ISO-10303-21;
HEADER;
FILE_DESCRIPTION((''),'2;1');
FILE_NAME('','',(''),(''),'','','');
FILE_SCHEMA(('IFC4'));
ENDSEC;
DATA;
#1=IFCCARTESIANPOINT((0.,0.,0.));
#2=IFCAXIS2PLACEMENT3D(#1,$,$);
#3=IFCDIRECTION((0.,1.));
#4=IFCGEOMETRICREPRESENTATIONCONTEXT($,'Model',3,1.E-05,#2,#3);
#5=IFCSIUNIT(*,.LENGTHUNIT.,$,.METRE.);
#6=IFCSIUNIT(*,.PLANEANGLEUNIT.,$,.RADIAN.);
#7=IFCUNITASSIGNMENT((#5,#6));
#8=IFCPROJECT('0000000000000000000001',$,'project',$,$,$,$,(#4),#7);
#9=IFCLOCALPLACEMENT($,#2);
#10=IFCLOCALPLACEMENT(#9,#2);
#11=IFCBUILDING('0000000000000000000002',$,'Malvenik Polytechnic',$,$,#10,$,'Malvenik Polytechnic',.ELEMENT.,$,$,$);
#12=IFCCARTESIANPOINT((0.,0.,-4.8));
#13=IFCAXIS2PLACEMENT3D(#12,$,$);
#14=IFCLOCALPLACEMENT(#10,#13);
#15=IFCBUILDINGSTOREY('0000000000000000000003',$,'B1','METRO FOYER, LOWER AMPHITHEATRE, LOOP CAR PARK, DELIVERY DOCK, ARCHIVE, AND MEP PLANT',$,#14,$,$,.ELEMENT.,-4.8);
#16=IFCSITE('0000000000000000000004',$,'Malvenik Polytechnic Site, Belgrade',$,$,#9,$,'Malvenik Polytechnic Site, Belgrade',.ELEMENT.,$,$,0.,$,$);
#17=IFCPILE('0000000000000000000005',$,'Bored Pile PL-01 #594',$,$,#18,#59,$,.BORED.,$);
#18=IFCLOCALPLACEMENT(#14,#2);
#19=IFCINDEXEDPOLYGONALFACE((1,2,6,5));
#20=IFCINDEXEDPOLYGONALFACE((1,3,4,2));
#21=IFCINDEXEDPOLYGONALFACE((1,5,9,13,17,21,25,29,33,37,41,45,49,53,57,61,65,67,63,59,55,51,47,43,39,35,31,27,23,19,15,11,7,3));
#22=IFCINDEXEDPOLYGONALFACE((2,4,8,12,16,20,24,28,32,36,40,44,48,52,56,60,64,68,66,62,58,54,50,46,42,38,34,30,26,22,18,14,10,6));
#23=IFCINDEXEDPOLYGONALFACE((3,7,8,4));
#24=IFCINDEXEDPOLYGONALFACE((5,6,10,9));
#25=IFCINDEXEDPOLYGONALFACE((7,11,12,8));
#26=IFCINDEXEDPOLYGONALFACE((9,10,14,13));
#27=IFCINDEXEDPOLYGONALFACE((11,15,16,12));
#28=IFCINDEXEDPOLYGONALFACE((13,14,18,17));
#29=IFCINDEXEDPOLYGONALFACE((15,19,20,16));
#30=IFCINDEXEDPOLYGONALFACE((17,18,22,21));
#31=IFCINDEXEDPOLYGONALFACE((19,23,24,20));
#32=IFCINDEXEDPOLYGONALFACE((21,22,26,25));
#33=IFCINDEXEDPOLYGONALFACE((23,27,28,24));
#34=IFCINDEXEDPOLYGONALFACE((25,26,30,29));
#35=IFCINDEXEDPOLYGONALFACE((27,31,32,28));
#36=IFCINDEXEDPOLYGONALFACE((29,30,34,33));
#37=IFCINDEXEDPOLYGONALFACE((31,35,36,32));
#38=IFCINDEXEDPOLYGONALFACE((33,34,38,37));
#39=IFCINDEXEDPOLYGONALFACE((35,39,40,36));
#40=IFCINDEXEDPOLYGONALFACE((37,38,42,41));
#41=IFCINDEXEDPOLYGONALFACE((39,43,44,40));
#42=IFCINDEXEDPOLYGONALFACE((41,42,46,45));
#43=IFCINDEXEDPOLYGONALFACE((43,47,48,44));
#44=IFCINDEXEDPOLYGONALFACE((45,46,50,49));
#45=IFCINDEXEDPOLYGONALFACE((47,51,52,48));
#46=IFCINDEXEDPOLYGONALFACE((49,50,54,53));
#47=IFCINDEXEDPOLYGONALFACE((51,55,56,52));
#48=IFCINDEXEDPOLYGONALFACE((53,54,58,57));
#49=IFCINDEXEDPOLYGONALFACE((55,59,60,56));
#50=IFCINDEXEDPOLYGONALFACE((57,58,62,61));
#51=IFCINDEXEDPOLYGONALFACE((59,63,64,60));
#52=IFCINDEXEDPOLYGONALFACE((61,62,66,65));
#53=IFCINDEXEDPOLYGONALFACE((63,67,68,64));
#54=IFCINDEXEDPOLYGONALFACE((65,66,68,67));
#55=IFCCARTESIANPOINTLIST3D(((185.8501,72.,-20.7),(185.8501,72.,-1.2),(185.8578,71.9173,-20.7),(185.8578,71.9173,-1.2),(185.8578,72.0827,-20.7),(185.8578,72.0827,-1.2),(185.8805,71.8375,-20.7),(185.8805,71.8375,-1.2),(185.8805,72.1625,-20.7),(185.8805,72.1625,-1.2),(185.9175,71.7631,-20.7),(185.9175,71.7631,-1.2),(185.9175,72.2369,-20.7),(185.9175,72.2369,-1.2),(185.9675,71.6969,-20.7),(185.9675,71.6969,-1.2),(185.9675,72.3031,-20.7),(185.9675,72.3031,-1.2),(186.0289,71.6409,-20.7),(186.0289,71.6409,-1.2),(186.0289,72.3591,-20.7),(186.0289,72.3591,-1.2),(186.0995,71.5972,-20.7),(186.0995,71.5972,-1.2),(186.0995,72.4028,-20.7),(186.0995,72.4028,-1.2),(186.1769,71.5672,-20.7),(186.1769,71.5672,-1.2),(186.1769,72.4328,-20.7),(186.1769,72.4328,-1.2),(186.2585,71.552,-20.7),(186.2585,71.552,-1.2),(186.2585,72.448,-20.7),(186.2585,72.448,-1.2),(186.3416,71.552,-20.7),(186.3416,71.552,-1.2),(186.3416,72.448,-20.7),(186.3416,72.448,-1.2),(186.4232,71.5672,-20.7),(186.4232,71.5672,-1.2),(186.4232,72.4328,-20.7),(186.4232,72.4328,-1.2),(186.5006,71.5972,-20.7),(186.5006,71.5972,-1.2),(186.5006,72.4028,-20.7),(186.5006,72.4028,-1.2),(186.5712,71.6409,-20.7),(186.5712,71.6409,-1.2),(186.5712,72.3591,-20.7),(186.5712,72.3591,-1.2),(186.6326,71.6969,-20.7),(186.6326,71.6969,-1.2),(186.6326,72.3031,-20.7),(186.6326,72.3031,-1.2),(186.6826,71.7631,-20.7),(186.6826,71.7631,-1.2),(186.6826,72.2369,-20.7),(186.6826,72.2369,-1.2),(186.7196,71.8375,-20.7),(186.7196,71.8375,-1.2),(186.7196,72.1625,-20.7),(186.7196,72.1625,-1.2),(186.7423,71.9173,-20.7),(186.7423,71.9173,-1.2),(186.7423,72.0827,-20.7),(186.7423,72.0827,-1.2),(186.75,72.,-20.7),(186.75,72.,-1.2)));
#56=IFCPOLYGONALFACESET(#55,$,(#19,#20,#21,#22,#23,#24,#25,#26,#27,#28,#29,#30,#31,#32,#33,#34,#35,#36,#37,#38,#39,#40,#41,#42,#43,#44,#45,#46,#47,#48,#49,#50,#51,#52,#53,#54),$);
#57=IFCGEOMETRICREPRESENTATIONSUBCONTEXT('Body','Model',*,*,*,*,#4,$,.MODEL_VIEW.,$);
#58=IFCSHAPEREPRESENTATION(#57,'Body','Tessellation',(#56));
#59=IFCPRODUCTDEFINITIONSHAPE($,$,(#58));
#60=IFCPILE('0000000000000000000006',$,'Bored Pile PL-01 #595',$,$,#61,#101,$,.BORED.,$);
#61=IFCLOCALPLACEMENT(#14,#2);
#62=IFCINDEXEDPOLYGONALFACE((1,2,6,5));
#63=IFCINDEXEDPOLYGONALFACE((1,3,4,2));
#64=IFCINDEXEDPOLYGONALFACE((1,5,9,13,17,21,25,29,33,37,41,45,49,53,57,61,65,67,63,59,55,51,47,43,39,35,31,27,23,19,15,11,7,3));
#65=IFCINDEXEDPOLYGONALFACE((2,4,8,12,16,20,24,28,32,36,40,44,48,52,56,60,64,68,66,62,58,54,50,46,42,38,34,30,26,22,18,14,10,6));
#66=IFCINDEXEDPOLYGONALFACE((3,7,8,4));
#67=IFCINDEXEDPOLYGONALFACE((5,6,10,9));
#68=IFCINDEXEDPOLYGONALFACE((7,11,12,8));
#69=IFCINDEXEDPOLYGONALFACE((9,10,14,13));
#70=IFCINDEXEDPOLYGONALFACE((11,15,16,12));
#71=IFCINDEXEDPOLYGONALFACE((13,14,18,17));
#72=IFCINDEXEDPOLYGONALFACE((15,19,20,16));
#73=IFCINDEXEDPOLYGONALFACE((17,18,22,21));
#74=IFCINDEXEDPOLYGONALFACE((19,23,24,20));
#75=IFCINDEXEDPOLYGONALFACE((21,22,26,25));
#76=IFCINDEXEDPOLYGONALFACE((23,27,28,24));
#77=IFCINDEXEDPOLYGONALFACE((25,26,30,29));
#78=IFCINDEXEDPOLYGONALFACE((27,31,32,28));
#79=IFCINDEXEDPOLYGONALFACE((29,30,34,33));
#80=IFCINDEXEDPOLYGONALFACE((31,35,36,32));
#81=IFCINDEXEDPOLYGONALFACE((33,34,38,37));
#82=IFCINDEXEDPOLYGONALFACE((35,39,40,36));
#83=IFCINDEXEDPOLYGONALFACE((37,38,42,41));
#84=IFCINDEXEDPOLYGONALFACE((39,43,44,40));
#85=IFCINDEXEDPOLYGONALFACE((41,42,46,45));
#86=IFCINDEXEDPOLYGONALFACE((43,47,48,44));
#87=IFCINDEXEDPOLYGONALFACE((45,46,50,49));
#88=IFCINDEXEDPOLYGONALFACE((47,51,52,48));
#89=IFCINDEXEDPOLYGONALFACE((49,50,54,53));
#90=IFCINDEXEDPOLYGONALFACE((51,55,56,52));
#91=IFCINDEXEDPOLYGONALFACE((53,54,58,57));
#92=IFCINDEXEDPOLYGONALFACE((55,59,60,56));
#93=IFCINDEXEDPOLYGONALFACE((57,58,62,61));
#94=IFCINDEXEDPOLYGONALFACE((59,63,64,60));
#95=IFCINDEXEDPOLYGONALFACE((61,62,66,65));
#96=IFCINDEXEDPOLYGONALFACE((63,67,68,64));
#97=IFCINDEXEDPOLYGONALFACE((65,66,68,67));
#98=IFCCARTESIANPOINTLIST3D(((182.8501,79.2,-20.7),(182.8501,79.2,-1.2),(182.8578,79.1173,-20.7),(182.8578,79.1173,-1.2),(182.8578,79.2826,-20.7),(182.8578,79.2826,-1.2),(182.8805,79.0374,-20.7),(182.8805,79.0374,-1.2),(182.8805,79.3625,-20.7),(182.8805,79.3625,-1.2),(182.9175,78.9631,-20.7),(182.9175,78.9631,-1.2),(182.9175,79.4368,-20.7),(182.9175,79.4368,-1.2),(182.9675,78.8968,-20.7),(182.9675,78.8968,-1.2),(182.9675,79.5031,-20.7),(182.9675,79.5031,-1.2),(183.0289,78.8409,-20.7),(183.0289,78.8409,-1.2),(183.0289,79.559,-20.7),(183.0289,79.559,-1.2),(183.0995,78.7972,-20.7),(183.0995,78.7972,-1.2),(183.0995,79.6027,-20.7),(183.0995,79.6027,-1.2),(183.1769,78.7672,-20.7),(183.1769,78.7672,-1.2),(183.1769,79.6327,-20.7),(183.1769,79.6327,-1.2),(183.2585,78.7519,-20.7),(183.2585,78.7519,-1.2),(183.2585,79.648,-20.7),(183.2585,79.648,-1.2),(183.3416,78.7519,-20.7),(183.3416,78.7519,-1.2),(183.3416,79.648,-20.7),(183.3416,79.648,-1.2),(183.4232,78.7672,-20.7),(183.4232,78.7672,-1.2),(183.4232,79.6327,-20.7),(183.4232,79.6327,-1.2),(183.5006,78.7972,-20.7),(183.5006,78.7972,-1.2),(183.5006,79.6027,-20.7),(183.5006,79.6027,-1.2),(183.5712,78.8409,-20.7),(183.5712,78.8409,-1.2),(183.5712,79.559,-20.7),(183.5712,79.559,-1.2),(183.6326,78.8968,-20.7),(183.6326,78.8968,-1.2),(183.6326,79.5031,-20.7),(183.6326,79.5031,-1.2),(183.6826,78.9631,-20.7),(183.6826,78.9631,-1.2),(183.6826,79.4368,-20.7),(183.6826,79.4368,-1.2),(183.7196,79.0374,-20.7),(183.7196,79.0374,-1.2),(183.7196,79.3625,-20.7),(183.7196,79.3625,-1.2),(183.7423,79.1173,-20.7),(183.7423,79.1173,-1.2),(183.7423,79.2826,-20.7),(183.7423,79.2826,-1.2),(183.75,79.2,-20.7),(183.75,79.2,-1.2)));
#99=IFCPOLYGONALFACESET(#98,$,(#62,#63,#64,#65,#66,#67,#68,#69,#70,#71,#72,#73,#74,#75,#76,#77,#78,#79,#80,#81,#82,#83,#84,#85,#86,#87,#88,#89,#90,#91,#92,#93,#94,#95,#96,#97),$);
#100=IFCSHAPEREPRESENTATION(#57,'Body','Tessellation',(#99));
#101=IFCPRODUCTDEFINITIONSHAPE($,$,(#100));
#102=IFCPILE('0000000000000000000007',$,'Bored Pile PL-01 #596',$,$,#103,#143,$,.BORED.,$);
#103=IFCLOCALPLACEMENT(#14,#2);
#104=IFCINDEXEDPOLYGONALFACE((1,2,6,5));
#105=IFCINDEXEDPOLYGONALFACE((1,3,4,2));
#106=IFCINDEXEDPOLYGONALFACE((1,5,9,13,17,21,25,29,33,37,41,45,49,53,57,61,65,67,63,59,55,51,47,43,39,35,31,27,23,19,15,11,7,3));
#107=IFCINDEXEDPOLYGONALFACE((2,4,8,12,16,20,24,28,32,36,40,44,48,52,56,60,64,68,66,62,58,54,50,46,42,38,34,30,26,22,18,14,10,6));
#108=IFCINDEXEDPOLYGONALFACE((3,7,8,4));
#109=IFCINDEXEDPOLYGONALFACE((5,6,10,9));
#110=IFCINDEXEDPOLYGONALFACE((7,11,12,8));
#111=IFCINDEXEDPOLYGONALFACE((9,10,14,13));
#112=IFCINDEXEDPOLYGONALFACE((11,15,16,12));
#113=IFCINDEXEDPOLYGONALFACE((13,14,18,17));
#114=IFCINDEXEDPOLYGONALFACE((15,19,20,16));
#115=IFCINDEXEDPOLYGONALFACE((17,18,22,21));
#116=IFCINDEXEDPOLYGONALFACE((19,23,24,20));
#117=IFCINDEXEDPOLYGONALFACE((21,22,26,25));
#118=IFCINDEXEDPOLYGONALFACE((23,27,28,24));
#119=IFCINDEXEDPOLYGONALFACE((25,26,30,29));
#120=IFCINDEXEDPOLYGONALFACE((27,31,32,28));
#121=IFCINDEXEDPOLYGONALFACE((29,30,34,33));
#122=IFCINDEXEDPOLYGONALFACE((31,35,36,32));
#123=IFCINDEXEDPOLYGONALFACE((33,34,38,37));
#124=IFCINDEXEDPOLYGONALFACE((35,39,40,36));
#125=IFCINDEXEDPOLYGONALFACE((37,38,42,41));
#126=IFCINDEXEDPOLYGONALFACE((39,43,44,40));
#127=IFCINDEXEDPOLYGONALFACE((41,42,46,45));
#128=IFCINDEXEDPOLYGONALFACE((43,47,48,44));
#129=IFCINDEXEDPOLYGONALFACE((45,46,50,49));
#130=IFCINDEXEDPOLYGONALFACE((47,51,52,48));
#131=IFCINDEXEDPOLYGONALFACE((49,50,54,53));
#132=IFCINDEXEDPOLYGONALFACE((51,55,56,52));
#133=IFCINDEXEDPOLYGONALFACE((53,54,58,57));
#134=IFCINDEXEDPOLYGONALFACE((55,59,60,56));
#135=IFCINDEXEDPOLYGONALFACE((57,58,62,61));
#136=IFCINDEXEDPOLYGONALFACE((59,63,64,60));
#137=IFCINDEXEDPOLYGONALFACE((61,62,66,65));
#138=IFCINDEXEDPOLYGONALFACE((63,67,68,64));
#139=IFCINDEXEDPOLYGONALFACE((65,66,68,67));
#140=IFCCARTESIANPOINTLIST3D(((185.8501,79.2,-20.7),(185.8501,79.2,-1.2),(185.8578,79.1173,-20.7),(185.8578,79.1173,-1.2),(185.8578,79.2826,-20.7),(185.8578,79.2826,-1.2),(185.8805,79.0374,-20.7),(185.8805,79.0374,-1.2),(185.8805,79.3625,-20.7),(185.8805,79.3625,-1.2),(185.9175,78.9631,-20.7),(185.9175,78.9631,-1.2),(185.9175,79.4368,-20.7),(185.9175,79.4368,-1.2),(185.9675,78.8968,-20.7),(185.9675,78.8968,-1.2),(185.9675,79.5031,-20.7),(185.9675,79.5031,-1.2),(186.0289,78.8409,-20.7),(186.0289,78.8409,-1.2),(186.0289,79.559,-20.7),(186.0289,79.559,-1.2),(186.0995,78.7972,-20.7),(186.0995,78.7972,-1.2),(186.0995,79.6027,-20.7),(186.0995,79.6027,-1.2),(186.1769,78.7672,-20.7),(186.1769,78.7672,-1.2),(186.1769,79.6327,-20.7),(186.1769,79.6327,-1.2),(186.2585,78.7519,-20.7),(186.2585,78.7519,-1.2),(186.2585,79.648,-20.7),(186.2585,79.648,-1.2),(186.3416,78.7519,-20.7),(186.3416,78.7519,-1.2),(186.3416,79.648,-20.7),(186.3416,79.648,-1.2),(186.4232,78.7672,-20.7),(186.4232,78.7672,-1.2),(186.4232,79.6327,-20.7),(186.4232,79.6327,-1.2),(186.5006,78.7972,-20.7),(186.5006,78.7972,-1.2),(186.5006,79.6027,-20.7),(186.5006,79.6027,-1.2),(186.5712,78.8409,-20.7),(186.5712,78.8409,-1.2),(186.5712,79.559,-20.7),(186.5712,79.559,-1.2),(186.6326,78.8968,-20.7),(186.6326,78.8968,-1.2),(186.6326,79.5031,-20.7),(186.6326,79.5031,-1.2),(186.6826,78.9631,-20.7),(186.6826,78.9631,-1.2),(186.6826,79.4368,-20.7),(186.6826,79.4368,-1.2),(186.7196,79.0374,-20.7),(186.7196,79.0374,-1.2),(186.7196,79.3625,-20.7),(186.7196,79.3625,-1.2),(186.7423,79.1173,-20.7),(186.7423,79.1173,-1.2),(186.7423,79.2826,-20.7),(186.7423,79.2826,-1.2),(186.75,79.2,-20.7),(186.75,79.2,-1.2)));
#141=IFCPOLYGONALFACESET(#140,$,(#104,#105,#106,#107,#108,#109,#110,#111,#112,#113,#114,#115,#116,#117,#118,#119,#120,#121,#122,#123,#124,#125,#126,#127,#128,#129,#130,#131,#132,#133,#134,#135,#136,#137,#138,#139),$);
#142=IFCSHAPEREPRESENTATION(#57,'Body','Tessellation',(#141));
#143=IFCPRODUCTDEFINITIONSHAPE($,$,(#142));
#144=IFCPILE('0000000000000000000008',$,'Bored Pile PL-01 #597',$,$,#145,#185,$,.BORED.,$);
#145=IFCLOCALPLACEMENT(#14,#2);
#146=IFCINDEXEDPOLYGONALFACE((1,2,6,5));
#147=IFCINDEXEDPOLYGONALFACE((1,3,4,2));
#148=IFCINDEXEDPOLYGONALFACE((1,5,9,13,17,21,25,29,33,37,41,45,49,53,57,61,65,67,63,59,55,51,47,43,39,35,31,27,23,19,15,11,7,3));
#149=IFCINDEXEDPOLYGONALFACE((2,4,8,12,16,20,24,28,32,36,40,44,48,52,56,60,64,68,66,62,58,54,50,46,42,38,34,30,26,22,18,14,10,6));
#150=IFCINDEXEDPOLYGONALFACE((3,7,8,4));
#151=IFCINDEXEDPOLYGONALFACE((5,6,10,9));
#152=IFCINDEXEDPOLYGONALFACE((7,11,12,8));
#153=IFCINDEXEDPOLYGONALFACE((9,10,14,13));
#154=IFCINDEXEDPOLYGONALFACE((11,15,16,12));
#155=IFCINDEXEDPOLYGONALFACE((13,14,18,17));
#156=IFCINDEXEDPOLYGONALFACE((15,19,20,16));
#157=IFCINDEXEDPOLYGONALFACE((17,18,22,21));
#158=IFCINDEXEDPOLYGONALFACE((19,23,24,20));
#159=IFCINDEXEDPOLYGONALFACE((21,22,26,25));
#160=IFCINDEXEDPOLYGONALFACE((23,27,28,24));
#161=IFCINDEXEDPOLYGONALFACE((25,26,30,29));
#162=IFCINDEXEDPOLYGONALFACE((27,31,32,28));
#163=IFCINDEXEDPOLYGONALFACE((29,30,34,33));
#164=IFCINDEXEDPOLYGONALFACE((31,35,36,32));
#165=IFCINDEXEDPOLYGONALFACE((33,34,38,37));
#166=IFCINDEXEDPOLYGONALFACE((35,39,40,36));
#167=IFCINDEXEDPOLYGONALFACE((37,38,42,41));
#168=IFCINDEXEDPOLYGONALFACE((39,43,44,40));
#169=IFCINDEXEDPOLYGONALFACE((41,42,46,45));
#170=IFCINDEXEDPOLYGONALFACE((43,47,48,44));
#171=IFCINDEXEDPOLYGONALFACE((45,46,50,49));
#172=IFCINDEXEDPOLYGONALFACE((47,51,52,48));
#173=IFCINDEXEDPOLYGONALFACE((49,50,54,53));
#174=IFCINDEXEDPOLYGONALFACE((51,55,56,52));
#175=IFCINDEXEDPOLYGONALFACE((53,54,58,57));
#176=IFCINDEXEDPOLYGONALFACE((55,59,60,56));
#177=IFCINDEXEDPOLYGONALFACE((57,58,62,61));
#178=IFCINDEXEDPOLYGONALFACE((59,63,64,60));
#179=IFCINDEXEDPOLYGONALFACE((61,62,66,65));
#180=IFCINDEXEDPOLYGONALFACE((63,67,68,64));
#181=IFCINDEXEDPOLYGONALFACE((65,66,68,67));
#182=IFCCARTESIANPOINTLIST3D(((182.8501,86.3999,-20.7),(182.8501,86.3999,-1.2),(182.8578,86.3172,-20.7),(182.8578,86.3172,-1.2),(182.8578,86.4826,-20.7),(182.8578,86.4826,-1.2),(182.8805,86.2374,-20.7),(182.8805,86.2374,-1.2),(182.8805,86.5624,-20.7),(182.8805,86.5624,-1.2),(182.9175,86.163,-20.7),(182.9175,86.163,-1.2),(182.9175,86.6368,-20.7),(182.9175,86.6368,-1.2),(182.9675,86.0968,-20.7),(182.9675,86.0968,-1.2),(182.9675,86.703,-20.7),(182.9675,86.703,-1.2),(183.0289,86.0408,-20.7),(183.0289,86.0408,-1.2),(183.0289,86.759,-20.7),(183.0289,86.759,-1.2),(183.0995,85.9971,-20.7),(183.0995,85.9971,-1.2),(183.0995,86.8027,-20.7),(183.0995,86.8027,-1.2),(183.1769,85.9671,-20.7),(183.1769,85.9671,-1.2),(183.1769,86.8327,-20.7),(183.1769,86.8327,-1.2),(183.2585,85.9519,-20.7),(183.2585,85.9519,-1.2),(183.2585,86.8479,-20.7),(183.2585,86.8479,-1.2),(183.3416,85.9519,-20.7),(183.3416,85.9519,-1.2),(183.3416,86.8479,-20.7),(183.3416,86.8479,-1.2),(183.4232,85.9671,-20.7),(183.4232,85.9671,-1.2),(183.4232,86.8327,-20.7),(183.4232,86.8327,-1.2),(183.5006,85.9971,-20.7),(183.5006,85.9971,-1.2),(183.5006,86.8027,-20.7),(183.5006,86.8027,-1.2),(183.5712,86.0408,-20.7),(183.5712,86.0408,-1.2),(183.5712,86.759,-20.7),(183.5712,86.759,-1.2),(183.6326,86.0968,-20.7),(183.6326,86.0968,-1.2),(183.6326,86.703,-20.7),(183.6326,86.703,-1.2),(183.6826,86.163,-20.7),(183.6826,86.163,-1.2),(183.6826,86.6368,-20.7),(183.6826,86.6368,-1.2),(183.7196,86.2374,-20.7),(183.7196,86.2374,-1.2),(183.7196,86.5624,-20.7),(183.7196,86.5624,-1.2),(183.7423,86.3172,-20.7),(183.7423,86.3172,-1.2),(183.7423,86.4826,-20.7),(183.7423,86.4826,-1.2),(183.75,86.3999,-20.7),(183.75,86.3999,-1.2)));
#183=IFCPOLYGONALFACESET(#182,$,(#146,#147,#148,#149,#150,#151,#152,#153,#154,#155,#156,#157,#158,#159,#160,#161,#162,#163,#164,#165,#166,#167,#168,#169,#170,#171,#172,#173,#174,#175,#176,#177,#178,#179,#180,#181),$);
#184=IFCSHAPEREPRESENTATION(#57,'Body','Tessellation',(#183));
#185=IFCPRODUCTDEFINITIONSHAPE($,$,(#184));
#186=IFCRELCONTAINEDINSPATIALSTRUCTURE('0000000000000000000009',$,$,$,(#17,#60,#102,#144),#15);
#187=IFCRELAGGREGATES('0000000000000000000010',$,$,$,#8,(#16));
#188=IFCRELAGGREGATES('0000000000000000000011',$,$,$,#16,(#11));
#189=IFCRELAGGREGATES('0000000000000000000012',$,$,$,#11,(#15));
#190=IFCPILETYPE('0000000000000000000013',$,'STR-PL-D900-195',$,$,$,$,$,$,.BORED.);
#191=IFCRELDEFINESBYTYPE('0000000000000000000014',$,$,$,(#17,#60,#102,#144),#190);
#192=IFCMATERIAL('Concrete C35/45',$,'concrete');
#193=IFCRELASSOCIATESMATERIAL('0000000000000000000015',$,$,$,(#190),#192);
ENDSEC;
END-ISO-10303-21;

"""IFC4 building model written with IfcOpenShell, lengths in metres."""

from ifc_helpers import new_model, si_unit, direction, frame, origin, origin_2d, place, context, subcontext, project, spatial, circle, extrude, material, material_profile, profile_set, type_object, element, save


model = new_model("IFC4")

# Units and contexts
model_context = context("Model", 3, precision=1e-05, world=origin(), true_north=direction((0.0, 1.0)))
body_context = subcontext(model_context, "Body", "Model", "MODEL_VIEW")
ifc_project = project(units=[si_unit("LENGTHUNIT", "METRE"), si_unit("PLANEANGLEUNIT", "RADIAN")], contexts=[model_context])

# Site, building, storey
site_placement = place(None, origin())
site = spatial("IfcSite", under=ifc_project, at=site_placement, Name="Malvenik Polytechnic Site, Belgrade", LongName="Malvenik Polytechnic Site, Belgrade", CompositionType="ELEMENT", RefElevation=0.0)
building_placement = place(site_placement, origin())
building = spatial("IfcBuilding", under=site, at=building_placement, Name="Malvenik Polytechnic", LongName="Malvenik Polytechnic", CompositionType="ELEMENT")
storey_placement = place(building_placement, frame((0.0, 0.0, -4.8)))
storey = spatial("IfcBuildingStorey", under=building, at=storey_placement, Name="B1", Description="METRO FOYER, LOWER AMPHITHEATRE, LOOP CAR PARK, DELIVERY DOCK, ARCHIVE, AND MEP PLANT", CompositionType="ELEMENT", Elevation=-4.8)

# Shared definitions
ifc_material = material(Name="Concrete C35/45", Category="concrete")

# Piles
ifc_material_profile_1 = material_profile(ifc_material, circle(Radius=0.45, at=origin_2d()), Name="BORED PILE D900")
ifc_profile_set_1 = profile_set([ifc_material_profile_1], Name="Concrete C35/45")
pile_type_1 = type_object("IfcPileType", Name="STR-PL-D900-195", PredefinedType="BORED", material=ifc_profile_set_1)
for number, where, z_axis, x_axis, name in (
    (1, (186.3, 72.0, -1.2), (0.0, 0.0, -1.0), (1.0, 0.0, 0.0), "Bored Pile PL-01 #594"),
    (2, (183.3, 79.2, -1.2), (0.0, 0.0, -1.0), (1.0, 0.0, 0.0), "Bored Pile PL-01 #595"),
    (3, (186.3, 79.2, -1.2), (0.0, 0.0, -1.0), (1.0, 0.0, 0.0), "Bored Pile PL-01 #596"),
    (4, (183.3, 86.3999, -1.2), (0.0, 0.0, -1.0), (1.0, 0.0, 0.0), "Bored Pile PL-01 #597"),
):
    element("IfcPile", number, at=place(storey_placement, frame(where, z_axis=z_axis, x_axis=x_axis)), inside=storey, type_object=pile_type_1, Name=name, PredefinedType="BORED", context=body_context, shape_type="SweptSolid", body=[
        extrude(circle(Radius=0.45, at=origin_2d()), origin(), (0.0, 0.0, 1.0), 19.5),
    ])

save(model, "model.ifc")
